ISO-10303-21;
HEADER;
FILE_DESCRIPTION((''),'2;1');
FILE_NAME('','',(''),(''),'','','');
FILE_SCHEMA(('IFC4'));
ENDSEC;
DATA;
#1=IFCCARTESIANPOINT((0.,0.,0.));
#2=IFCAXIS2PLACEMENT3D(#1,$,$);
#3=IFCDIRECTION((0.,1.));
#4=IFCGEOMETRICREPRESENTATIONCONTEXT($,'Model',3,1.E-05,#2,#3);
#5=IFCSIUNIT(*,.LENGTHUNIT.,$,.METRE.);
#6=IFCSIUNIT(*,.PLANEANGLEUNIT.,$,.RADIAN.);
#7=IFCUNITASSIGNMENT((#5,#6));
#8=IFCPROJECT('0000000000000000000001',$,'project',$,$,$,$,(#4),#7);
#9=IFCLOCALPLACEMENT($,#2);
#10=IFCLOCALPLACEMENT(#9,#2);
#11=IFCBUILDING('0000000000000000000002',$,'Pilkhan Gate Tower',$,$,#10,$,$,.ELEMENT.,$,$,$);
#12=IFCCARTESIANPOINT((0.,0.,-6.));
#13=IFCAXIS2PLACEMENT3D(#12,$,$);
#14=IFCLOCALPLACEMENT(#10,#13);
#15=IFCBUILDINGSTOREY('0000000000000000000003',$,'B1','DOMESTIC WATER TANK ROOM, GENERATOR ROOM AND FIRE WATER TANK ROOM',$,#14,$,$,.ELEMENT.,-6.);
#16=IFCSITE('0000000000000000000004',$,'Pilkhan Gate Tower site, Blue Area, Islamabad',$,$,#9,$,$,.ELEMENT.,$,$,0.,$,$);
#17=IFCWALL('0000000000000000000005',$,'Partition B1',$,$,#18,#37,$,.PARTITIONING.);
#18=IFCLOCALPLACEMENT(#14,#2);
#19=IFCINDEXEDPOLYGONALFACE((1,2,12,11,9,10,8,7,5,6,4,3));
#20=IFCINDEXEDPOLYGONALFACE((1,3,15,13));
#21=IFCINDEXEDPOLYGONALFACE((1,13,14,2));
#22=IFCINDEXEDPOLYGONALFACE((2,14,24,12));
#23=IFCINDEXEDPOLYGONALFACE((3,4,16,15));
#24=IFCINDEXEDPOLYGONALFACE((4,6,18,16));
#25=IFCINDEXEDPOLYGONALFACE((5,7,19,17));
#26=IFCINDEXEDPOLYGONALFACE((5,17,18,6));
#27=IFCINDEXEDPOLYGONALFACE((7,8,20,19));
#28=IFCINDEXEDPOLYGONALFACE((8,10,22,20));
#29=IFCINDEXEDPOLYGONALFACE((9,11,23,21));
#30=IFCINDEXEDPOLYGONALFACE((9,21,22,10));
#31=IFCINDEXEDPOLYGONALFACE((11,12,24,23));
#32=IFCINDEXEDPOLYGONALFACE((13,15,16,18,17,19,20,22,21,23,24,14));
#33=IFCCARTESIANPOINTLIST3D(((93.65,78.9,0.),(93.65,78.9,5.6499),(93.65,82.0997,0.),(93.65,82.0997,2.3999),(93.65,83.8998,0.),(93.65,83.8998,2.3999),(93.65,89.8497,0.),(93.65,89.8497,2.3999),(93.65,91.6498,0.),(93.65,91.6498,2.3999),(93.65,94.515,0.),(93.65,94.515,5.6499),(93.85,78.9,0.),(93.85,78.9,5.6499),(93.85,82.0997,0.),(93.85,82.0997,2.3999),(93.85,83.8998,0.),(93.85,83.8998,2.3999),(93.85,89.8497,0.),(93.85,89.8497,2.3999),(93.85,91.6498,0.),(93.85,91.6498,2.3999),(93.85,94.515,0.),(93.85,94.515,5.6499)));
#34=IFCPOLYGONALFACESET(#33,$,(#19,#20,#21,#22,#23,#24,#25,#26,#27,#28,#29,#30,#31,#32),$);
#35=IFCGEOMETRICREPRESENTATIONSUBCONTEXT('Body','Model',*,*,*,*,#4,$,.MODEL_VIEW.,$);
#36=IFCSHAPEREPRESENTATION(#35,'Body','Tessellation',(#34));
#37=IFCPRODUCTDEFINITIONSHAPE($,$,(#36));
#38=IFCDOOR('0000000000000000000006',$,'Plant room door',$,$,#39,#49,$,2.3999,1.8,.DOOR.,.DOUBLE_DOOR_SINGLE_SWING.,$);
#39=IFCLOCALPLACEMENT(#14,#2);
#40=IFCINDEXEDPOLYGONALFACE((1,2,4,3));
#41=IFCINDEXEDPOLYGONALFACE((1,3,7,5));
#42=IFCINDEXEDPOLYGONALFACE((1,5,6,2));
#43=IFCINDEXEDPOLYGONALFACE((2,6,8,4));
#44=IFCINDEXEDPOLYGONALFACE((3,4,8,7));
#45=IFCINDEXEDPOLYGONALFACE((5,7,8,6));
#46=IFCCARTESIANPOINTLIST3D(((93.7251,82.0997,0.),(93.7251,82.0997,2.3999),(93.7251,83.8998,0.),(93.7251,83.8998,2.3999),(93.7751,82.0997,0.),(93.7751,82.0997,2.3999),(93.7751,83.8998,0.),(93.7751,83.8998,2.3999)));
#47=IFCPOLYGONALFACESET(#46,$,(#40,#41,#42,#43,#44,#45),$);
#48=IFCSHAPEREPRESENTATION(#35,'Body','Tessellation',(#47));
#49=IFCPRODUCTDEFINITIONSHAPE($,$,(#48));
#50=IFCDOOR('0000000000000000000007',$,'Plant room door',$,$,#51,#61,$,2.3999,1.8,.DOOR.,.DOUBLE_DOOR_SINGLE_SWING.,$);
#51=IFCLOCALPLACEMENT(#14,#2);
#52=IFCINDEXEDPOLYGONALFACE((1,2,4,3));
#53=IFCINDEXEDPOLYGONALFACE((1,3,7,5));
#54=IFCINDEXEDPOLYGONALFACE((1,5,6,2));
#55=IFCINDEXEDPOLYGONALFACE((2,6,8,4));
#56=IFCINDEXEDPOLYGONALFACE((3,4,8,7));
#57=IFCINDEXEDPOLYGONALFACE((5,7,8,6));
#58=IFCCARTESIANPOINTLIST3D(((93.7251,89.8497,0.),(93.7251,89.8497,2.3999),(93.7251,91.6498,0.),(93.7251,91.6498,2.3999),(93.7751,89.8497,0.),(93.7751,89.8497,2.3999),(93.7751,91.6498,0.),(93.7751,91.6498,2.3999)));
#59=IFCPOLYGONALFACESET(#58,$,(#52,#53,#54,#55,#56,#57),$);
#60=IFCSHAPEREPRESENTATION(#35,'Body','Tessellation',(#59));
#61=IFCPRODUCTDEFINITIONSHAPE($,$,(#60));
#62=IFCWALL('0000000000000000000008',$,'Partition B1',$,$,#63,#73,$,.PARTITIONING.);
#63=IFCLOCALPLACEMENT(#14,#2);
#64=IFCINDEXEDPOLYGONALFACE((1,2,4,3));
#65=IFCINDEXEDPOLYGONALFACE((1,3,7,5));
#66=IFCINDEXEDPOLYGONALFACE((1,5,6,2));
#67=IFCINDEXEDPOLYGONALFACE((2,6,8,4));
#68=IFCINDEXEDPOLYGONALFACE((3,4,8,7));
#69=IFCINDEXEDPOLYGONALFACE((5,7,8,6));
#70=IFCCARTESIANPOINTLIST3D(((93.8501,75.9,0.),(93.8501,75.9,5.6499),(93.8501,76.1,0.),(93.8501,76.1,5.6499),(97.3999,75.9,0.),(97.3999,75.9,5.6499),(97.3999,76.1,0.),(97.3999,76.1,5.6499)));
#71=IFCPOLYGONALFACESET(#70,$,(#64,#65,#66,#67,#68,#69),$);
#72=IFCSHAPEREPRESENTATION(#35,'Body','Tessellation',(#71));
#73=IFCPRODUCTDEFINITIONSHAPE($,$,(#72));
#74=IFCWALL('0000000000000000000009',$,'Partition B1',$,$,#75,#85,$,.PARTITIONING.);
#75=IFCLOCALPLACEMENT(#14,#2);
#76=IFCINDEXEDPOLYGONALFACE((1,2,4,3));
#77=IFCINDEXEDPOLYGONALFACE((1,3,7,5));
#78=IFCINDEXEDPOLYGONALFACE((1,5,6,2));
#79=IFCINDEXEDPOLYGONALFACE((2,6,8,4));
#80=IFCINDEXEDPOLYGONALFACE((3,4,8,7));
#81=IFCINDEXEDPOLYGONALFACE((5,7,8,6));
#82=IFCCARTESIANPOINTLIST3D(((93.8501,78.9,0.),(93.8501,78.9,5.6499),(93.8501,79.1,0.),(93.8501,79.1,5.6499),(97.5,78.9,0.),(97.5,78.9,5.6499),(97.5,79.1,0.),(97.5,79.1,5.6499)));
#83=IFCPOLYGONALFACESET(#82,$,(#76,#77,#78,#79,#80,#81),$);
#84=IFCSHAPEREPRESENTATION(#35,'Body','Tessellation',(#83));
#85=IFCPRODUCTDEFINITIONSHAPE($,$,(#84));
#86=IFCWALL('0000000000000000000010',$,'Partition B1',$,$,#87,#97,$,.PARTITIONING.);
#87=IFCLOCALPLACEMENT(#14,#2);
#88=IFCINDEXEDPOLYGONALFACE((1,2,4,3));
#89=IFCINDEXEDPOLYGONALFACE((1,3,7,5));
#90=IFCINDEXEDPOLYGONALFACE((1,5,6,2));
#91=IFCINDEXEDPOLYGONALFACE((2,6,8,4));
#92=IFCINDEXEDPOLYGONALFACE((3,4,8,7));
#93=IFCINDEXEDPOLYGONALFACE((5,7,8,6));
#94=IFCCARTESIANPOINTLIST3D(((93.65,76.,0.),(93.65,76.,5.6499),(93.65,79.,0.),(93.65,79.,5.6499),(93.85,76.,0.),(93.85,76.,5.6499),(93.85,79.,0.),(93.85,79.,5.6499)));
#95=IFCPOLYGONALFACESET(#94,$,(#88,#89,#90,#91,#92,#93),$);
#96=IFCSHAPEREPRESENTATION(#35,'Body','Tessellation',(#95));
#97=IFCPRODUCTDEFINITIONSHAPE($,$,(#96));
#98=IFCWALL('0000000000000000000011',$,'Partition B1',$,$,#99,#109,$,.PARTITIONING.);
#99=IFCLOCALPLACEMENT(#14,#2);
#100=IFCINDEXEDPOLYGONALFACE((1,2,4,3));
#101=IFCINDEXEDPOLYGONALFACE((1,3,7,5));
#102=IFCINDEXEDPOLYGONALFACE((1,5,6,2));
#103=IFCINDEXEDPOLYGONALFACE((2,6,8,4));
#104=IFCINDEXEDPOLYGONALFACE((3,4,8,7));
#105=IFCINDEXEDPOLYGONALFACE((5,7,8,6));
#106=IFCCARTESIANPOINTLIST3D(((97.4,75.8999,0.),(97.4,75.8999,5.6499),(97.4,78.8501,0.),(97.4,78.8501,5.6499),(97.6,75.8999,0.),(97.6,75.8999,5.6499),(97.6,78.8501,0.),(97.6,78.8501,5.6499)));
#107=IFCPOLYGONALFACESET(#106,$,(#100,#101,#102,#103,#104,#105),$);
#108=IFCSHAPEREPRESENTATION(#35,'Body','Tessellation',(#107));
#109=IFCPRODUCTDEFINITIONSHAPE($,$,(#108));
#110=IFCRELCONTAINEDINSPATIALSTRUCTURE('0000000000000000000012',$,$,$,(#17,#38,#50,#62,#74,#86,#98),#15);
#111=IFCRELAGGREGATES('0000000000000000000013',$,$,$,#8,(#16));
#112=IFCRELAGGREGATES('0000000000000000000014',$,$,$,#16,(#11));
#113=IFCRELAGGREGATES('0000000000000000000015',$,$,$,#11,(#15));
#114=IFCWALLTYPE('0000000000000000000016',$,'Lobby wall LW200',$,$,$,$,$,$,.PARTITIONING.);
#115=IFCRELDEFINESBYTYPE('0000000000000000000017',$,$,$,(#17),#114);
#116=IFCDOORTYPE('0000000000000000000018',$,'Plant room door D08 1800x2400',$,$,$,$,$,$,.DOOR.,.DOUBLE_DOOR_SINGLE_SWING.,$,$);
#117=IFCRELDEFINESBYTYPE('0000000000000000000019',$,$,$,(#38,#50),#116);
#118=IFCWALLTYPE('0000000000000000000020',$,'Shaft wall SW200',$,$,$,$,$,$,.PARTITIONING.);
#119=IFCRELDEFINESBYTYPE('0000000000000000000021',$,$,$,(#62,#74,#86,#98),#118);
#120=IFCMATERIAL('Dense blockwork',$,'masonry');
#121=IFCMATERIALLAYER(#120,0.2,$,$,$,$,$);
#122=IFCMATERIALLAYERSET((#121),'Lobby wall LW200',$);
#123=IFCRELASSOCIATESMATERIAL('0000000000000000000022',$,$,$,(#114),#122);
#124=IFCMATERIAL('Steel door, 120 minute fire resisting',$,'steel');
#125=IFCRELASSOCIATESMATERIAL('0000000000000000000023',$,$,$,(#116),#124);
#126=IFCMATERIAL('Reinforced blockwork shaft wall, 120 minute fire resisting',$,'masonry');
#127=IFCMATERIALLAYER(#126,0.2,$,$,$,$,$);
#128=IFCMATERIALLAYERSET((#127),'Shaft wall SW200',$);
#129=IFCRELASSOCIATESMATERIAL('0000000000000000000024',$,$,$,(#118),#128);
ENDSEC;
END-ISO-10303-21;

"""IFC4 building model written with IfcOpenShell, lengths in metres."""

from ifc_helpers import new_model, si_unit, direction, frame, frame_2d, origin, place, context, subcontext, project, spatial, rectangle, extrude, material, layer, layer_set, type_object, element, fill, save


model = new_model("IFC4")

# Units and contexts
model_context = context("Model", 3, precision=1e-05, world=origin(), true_north=direction((0.0, 1.0)))
body_context = subcontext(model_context, "Body", "Model", "MODEL_VIEW")
ifc_project = project(units=[si_unit("LENGTHUNIT", "METRE"), si_unit("PLANEANGLEUNIT", "RADIAN")], contexts=[model_context])

# Site, building, storey
site_placement = place(None, origin())
site = spatial("IfcSite", under=ifc_project, at=site_placement, Name="Pilkhan Gate Tower site, Blue Area, Islamabad", CompositionType="ELEMENT", RefElevation=0.0)
building_placement = place(site_placement, origin())
building = spatial("IfcBuilding", under=site, at=building_placement, Name="Pilkhan Gate Tower", CompositionType="ELEMENT")
storey_placement = place(building_placement, frame((0.0, 0.0, -6.0)))
storey = spatial("IfcBuildingStorey", under=building, at=storey_placement, Name="B1", Description="DOMESTIC WATER TANK ROOM, GENERATOR ROOM AND FIRE WATER TANK ROOM", CompositionType="ELEMENT", Elevation=-6.0)

# Shared definitions
ifc_material_1 = material(Name="Dense blockwork", Category="masonry")
ifc_layer_1 = layer(ifc_material_1, 0.2)
ifc_layer_set_1 = layer_set([ifc_layer_1], Name="Lobby wall LW200")
wall_type_1 = type_object("IfcWallType", Name="Lobby wall LW200", PredefinedType="PARTITIONING", material=ifc_layer_set_1)

# Wall, openings, doors
wall_1_placement = place(storey_placement, frame((93.75, 78.8999, 0.0), z_axis=(0.0, 0.0, 1.0), x_axis=(0.0, 1.0, 0.0)))
wall_1 = element("IfcWall", 1, at=wall_1_placement, inside=storey, type_object=wall_type_1, Name="Partition B1", PredefinedType="PARTITIONING", context=body_context, shape_type="SweptSolid", body=[
    extrude(rectangle(XDim=15.615, YDim=0.2, at=frame_2d((7.8076, 0.0))), origin(), (0.0, 0.0, 1.0), 5.6499),
])
opening_1_placement = place(wall_1_placement, frame((3.2, 0.0, 0.0)))
opening_1 = element("IfcOpeningElement", 2, at=opening_1_placement, cuts=wall_1, PredefinedType="OPENING", context=body_context, shape_type="SweptSolid", body=[
    extrude(rectangle(XDim=1.8, YDim=2.3999, at=frame_2d((0.8999, 1.2))), frame((0.0, 0.1099, 0.0), z_axis=(0.0, -1.0, 0.0), x_axis=(1.0, 0.0, 0.0)), (0.0, 0.0, 1.0), 0.22),
])
opening_2_placement = place(wall_1_placement, frame((10.95, 0.0, 0.0)))
opening_2 = element("IfcOpeningElement", 3, at=opening_2_placement, cuts=wall_1, PredefinedType="OPENING", context=body_context, shape_type="SweptSolid", body=[
    extrude(rectangle(XDim=1.8, YDim=2.3999, at=frame_2d((0.8999, 1.2))), frame((0.0, 0.1099, 0.0), z_axis=(0.0, -1.0, 0.0), x_axis=(1.0, 0.0, 0.0)), (0.0, 0.0, 1.0), 0.22),
])
ifc_material_2 = material(Name="Steel door, 120 minute fire resisting", Category="steel")
door_type = type_object("IfcDoorType", Name="Plant room door D08 1800x2400", OperationType="DOUBLE_DOOR_SINGLE_SWING", PredefinedType="DOOR", material=ifc_material_2)
door_1_placement = place(opening_1_placement, origin())
door_1 = element("IfcDoor", 4, at=door_1_placement, inside=storey, type_object=door_type, Name="Plant room door", OperationType="DOUBLE_DOOR_SINGLE_SWING", OverallHeight=2.3999, OverallWidth=1.8, PredefinedType="DOOR", context=body_context, shape_type="SweptSolid", body=[
    extrude(rectangle(XDim=1.8, YDim=2.3999, at=frame_2d((0.8999, 1.2))), frame((0.0, 0.0249, 0.0), z_axis=(0.0, -1.0, 0.0), x_axis=(1.0, 0.0, 0.0)), (0.0, 0.0, 1.0), 0.05),
])
fill(opening_1, door_1)
door_2_placement = place(opening_2_placement, origin())
door_2 = element("IfcDoor", 5, at=door_2_placement, inside=storey, type_object=door_type, Name="Plant room door", OperationType="DOUBLE_DOOR_SINGLE_SWING", OverallHeight=2.3999, OverallWidth=1.8, PredefinedType="DOOR", context=body_context, shape_type="SweptSolid", body=[
    extrude(rectangle(XDim=1.8, YDim=2.3999, at=frame_2d((0.8999, 1.2))), frame((0.0, 0.0249, 0.0), z_axis=(0.0, -1.0, 0.0), x_axis=(1.0, 0.0, 0.0)), (0.0, 0.0, 1.0), 0.05),
])
fill(opening_2, door_2)

# Walls
ifc_material_3 = material(Name="Reinforced blockwork shaft wall, 120 minute fire resisting", Category="masonry")
ifc_layer_2 = layer(ifc_material_3, 0.2)
ifc_layer_set_2 = layer_set([ifc_layer_2], Name="Shaft wall SW200")
wall_type_2 = type_object("IfcWallType", Name="Shaft wall SW200", PredefinedType="PARTITIONING", material=ifc_layer_set_2)
wall_2_placement = place(storey_placement, frame((93.8501, 76.0, 0.0), z_axis=(0.0, 0.0, 1.0), x_axis=(1.0, 0.0, 0.0)))
element("IfcWall", 6, at=wall_2_placement, inside=storey, type_object=wall_type_2, Name="Partition B1", PredefinedType="PARTITIONING", context=body_context, shape_type="SweptSolid", body=[
    extrude(rectangle(XDim=3.5498, YDim=0.2, at=frame_2d((1.7749, 0.0))), origin(), (0.0, 0.0, 1.0), 5.6499),
])
wall_3_placement = place(storey_placement, frame((93.8501, 79.0, 0.0), z_axis=(0.0, 0.0, 1.0), x_axis=(1.0, 0.0, 0.0)))
element("IfcWall", 7, at=wall_3_placement, inside=storey, type_object=wall_type_2, Name="Partition B1", PredefinedType="PARTITIONING", context=body_context, shape_type="SweptSolid", body=[
    extrude(rectangle(XDim=3.6499, YDim=0.2, at=frame_2d((1.825, 0.0))), origin(), (0.0, 0.0, 1.0), 5.6499),
])
wall_4_placement = place(storey_placement, frame((93.75, 76.0, 0.0), z_axis=(0.0, 0.0, 1.0), x_axis=(0.0, 1.0, 0.0)))
element("IfcWall", 8, at=wall_4_placement, inside=storey, type_object=wall_type_2, Name="Partition B1", PredefinedType="PARTITIONING", context=body_context, shape_type="SweptSolid", body=[
    extrude(rectangle(XDim=3.0, YDim=0.2, at=frame_2d((1.5, 0.0))), origin(), (0.0, 0.0, 1.0), 5.6499),
])
wall_5_placement = place(storey_placement, frame((97.5, 75.8999, 0.0), z_axis=(0.0, 0.0, 1.0), x_axis=(0.0, 1.0, 0.0)))
element("IfcWall", 9, at=wall_5_placement, inside=storey, type_object=wall_type_2, Name="Partition B1", PredefinedType="PARTITIONING", context=body_context, shape_type="SweptSolid", body=[
    extrude(rectangle(XDim=2.9502, YDim=0.2, at=frame_2d((1.4751, 0.0))), origin(), (0.0, 0.0, 1.0), 5.6499),
])

save(model, "model.ifc")
